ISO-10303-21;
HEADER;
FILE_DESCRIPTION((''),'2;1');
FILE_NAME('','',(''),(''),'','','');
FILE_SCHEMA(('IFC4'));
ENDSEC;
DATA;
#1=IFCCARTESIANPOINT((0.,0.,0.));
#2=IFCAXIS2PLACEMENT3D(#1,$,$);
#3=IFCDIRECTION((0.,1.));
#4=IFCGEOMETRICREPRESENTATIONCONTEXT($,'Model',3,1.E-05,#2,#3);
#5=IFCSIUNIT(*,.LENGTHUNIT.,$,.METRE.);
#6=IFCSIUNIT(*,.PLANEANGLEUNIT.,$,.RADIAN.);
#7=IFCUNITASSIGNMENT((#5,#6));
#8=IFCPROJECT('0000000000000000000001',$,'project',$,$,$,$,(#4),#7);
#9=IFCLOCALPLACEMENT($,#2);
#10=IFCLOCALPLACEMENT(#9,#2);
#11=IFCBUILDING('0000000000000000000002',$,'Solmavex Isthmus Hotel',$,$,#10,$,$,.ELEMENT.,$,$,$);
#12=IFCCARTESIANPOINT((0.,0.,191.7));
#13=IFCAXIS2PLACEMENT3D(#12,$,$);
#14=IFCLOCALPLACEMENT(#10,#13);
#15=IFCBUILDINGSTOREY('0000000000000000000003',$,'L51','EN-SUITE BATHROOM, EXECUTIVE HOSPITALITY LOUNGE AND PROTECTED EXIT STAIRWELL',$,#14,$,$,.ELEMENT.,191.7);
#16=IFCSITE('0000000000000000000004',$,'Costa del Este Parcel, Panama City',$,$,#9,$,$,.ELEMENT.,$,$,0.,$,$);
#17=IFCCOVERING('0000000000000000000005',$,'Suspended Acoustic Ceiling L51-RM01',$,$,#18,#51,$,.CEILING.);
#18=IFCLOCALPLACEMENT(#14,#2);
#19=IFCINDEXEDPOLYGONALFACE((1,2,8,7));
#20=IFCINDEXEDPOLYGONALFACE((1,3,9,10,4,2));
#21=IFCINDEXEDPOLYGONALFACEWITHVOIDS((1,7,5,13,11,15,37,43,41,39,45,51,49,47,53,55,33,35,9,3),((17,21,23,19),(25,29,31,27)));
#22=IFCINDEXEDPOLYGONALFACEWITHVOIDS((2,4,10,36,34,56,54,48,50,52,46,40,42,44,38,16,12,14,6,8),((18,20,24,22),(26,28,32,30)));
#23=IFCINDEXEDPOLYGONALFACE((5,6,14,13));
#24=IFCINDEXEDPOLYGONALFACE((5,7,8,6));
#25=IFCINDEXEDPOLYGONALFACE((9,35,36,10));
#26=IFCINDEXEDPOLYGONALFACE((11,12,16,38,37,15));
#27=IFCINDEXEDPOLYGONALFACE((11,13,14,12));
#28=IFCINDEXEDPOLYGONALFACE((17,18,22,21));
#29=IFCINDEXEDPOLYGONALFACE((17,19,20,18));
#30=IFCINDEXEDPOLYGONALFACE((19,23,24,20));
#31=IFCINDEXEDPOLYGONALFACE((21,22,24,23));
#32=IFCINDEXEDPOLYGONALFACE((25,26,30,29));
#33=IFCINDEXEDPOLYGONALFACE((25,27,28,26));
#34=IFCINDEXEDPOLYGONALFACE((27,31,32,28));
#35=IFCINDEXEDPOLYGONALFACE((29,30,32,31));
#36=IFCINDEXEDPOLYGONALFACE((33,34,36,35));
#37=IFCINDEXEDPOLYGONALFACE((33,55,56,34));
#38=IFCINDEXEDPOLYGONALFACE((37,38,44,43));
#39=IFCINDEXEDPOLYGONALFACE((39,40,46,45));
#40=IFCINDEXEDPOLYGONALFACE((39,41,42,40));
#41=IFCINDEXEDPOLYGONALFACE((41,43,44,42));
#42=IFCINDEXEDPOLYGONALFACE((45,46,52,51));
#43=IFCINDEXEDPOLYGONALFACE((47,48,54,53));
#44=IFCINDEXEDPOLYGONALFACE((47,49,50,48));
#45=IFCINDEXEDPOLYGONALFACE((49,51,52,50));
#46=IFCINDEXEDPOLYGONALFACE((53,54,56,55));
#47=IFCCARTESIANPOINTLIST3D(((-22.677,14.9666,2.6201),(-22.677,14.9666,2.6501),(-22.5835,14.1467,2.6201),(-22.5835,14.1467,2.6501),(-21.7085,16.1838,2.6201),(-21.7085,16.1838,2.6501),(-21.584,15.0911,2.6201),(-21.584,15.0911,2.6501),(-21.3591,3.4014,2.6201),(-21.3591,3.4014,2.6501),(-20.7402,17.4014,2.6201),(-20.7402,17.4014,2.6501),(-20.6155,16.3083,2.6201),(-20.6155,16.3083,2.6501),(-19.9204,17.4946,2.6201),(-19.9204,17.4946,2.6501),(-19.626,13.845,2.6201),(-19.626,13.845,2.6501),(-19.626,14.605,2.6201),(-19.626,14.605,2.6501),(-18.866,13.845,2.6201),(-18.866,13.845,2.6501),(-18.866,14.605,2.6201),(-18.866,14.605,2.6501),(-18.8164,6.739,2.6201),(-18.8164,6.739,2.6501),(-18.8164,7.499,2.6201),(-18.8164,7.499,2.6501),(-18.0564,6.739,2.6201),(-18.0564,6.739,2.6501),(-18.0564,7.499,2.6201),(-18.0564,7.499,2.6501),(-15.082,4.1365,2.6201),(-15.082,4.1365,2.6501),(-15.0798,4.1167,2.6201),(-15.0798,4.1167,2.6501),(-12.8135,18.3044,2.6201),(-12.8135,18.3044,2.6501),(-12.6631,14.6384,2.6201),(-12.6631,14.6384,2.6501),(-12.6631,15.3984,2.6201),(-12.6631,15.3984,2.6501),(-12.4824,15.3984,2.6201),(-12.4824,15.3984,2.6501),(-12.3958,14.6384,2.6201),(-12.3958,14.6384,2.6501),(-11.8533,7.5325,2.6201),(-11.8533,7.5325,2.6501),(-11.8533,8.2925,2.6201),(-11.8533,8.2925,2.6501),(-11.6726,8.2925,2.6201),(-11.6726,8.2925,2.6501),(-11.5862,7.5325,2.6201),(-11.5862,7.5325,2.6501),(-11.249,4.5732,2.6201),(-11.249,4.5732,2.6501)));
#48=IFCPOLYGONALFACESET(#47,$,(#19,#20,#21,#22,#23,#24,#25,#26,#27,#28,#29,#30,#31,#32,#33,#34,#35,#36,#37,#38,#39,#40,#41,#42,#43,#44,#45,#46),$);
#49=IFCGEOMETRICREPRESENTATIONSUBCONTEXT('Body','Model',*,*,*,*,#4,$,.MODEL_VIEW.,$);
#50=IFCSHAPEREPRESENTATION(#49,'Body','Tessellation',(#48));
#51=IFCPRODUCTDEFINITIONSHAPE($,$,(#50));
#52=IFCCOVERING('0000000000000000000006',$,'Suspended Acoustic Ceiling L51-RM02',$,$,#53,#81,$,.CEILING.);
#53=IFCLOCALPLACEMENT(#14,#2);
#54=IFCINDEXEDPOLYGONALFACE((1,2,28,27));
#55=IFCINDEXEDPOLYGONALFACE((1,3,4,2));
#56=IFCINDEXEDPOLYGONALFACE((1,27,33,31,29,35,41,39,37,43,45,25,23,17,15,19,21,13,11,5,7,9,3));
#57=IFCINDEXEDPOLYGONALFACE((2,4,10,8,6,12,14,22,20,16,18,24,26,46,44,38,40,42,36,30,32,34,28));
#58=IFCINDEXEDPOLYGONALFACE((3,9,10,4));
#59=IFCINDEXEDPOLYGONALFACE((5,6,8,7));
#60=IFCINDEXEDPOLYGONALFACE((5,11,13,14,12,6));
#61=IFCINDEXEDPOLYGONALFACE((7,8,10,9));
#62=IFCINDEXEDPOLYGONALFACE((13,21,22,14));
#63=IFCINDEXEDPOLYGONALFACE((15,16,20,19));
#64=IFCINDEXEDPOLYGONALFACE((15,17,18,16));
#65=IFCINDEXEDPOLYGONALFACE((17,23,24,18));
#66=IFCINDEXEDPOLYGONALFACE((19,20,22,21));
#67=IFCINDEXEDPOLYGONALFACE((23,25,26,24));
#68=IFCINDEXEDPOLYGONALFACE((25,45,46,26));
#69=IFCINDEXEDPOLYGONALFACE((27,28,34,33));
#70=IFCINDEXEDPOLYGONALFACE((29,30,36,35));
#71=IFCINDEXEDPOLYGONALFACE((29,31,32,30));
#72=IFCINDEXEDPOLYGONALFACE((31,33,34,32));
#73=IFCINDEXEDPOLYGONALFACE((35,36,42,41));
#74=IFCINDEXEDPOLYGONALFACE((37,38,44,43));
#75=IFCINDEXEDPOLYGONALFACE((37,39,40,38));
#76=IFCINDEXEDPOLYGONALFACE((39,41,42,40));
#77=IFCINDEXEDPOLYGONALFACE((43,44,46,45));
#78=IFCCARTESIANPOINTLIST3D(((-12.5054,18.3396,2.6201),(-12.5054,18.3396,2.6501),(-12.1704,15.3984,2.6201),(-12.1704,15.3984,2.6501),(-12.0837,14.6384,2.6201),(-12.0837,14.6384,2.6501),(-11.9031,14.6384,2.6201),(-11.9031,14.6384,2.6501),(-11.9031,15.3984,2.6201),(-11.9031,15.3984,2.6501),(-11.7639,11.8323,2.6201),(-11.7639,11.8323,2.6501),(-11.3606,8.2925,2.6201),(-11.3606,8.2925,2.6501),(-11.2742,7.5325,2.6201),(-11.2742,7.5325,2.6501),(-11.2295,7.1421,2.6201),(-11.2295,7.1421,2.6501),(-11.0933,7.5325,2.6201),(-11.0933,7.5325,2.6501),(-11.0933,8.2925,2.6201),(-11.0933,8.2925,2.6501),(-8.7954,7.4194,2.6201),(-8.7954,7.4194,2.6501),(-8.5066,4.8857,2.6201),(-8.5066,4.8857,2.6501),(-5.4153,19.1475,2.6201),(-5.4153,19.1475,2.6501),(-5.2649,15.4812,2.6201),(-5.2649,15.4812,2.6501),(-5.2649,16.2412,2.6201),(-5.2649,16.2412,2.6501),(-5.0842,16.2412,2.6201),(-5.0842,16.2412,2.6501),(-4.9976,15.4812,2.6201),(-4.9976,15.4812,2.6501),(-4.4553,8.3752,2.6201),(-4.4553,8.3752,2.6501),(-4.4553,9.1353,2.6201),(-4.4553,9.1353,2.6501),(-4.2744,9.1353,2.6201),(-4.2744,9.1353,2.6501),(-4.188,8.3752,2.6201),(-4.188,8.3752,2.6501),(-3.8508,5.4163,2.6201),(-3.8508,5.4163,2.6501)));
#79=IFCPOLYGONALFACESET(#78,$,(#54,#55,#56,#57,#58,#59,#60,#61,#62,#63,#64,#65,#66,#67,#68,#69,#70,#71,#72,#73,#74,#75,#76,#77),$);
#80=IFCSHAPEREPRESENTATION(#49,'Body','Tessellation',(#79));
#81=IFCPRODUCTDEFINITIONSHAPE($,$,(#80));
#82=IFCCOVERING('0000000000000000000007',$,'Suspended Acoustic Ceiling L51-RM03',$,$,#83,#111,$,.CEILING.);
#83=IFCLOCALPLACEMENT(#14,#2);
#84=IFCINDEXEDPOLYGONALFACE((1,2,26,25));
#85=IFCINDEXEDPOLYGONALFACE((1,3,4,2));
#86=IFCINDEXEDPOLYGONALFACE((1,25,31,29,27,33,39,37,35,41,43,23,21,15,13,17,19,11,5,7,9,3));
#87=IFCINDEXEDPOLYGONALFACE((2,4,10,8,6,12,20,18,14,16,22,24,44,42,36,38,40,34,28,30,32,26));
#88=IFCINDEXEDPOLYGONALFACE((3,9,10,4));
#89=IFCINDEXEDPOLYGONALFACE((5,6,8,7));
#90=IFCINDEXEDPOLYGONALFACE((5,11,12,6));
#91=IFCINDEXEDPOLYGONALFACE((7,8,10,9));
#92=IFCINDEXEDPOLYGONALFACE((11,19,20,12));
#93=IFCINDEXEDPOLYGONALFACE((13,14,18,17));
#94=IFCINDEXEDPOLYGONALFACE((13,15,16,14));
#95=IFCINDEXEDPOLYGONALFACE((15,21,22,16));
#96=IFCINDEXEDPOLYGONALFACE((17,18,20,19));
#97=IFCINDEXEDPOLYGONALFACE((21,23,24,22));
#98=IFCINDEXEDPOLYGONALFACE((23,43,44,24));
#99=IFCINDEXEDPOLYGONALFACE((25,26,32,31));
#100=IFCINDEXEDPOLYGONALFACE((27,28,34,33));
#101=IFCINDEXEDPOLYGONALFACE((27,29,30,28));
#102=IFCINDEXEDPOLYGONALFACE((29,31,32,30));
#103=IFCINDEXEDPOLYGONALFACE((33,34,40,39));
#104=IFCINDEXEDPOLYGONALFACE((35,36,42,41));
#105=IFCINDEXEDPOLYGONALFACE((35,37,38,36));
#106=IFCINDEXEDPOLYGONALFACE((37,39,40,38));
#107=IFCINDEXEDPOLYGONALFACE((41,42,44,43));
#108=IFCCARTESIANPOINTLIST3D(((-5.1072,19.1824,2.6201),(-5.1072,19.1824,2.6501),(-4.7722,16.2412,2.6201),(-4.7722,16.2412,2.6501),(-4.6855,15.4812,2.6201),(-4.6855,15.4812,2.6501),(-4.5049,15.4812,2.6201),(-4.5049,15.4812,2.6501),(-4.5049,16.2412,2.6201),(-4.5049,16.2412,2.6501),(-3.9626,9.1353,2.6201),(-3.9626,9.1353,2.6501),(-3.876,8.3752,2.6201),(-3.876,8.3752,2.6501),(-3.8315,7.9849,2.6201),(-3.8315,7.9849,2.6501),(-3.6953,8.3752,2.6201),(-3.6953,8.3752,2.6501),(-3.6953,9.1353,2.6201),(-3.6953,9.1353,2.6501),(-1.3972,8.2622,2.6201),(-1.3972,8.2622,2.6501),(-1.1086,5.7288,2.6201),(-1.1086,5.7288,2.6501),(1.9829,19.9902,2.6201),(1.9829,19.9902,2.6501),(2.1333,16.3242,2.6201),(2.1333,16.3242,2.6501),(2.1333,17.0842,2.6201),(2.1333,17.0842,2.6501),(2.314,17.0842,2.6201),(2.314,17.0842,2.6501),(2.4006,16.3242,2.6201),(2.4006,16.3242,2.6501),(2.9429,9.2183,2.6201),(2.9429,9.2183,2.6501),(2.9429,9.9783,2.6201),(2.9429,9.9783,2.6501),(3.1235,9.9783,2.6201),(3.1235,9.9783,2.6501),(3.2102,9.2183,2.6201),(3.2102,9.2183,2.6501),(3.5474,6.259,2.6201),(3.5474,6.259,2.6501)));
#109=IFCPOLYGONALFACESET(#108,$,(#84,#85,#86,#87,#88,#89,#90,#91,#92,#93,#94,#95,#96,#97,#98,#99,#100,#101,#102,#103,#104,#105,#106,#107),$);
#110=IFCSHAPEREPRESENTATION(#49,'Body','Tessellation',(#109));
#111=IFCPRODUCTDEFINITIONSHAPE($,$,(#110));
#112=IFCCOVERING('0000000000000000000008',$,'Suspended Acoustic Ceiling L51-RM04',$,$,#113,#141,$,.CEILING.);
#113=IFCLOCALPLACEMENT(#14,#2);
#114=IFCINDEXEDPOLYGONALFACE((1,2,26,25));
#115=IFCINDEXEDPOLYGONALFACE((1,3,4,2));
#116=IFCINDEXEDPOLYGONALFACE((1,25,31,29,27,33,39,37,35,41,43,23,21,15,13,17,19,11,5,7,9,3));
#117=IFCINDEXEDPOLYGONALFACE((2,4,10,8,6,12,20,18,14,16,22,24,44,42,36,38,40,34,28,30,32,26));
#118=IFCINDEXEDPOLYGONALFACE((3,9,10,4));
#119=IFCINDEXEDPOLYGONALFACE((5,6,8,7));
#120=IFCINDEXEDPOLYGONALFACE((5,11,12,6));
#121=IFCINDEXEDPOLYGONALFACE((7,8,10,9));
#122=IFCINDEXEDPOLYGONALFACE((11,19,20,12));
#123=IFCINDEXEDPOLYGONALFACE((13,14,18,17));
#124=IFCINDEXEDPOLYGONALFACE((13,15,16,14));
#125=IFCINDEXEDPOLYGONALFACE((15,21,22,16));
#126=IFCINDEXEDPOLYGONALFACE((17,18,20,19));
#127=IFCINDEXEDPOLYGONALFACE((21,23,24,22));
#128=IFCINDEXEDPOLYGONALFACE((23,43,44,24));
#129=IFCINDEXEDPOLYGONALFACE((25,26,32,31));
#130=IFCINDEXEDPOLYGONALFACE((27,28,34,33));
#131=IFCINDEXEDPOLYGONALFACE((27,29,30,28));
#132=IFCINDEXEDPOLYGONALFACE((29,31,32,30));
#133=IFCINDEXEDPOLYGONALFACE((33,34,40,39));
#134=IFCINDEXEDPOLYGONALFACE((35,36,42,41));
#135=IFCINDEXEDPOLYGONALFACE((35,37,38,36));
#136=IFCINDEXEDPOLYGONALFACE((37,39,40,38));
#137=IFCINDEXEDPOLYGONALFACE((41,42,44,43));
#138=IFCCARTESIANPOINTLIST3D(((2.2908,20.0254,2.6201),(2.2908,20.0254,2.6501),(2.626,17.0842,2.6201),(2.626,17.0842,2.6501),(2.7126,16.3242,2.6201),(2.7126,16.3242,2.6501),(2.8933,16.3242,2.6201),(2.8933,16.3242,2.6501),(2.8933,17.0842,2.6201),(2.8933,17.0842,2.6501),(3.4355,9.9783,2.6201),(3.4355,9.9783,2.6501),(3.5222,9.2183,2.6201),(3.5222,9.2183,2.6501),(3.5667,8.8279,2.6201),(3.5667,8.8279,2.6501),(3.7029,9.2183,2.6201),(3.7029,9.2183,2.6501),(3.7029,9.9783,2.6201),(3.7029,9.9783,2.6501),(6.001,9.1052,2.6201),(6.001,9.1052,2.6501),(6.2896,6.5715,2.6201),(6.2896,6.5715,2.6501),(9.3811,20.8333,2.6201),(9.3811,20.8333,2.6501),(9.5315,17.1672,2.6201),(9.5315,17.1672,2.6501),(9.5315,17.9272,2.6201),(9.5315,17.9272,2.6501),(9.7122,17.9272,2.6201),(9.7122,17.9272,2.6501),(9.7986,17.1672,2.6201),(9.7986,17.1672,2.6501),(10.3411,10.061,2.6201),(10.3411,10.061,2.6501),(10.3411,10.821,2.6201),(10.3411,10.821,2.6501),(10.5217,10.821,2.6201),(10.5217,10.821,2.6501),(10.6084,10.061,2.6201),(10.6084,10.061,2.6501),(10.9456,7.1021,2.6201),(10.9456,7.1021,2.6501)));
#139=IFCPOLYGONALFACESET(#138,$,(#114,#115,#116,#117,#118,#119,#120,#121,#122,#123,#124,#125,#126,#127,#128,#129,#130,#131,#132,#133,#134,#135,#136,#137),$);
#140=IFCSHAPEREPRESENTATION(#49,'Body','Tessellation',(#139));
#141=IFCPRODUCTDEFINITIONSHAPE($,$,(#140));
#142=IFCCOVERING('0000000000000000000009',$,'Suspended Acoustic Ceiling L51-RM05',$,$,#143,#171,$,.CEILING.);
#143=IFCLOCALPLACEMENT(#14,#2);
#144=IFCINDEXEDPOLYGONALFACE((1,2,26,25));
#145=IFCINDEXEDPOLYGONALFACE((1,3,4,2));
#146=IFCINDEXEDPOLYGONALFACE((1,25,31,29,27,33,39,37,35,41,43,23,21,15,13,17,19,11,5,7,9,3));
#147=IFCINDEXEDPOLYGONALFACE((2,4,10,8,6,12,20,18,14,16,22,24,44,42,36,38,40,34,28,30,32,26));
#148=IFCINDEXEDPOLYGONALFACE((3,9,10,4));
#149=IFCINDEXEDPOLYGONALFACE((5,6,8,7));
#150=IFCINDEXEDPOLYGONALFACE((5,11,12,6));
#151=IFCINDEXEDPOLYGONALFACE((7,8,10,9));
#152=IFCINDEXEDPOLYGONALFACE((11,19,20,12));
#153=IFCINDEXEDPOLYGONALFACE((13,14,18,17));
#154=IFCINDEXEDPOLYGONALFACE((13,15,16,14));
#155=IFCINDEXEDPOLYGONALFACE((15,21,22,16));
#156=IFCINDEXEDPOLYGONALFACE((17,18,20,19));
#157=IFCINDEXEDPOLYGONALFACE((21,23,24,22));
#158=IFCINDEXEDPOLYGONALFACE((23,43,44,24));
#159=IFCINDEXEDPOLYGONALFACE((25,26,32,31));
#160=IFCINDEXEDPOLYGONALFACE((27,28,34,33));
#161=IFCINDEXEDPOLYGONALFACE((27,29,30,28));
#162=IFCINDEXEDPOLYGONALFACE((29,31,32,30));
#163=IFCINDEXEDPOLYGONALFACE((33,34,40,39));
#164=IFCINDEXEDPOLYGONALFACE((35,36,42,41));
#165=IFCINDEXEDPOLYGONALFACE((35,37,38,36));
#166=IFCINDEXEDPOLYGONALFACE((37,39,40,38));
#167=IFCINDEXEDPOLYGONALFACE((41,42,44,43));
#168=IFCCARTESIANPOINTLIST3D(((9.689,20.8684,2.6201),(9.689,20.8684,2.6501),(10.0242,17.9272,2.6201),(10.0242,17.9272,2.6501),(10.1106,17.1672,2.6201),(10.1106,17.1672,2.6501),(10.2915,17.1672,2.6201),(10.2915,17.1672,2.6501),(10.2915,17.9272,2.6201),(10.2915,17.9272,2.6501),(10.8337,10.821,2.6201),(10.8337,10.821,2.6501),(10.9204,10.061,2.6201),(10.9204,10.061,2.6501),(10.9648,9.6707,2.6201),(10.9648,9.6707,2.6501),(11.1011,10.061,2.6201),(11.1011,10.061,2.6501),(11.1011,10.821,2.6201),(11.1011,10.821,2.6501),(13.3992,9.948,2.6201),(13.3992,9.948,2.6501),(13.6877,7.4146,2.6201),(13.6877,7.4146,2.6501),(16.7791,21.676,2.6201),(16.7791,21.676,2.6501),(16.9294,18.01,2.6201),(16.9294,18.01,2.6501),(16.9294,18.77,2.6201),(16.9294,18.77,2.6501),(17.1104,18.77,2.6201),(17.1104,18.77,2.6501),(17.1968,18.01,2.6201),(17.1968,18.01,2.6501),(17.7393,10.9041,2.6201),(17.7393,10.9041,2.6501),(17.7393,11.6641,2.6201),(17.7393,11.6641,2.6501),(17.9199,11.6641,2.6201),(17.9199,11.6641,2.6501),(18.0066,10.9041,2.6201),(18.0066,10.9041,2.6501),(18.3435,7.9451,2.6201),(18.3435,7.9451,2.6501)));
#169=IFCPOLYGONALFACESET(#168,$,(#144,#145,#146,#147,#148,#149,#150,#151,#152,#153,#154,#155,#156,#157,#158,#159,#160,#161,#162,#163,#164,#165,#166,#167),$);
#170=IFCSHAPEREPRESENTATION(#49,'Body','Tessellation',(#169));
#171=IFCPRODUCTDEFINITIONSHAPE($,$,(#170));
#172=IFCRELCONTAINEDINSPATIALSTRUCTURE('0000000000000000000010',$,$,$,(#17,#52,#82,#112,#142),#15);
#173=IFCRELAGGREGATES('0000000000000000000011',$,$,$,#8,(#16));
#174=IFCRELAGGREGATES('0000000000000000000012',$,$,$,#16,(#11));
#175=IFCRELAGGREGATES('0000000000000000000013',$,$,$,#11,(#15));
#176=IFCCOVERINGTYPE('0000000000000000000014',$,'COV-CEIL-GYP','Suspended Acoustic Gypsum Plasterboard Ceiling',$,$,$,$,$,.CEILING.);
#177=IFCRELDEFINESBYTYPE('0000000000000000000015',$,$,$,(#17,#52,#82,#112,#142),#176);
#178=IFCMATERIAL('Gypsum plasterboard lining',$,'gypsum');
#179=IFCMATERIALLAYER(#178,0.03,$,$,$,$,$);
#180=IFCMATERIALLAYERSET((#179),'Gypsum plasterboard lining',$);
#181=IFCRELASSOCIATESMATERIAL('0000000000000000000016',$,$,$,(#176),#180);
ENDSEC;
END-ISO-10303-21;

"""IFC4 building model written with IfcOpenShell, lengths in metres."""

from ifc_helpers import new_model, si_unit, direction, frame, origin, place, context, subcontext, project, spatial, polyline, outline, extrude, material, layer, layer_set, type_object, element, save


model = new_model("IFC4")

# Units and contexts
model_context = context("Model", 3, precision=1e-05, world=origin(), true_north=direction((0.0, 1.0)))
body_context = subcontext(model_context, "Body", "Model", "MODEL_VIEW")
ifc_project = project(units=[si_unit("LENGTHUNIT", "METRE"), si_unit("PLANEANGLEUNIT", "RADIAN")], contexts=[model_context])

# Site, building, storey
site_placement = place(None, origin())
site = spatial("IfcSite", under=ifc_project, at=site_placement, Name="Costa del Este Parcel, Panama City", CompositionType="ELEMENT", RefElevation=0.0)
building_placement = place(site_placement, origin())
building = spatial("IfcBuilding", under=site, at=building_placement, Name="Solmavex Isthmus Hotel", CompositionType="ELEMENT")
storey_placement = place(building_placement, frame((0.0, 0.0, 191.7)))
storey = spatial("IfcBuildingStorey", under=building, at=storey_placement, Name="L51", Description="EN-SUITE BATHROOM, EXECUTIVE HOSPITALITY LOUNGE AND PROTECTED EXIT STAIRWELL", CompositionType="ELEMENT", Elevation=191.7)

# Shared definitions
ifc_material_1 = material(Name="Gypsum plasterboard lining", Category="gypsum")

# Coverings
ifc_layer_1 = layer(ifc_material_1, 0.03)
ifc_layer_set_1 = layer_set([ifc_layer_1], Name="Gypsum plasterboard lining")
covering_type_1 = type_object("IfcCoveringType", Name="COV-CEIL-GYP", Description="Suspended Acoustic Gypsum Plasterboard Ceiling", PredefinedType="CEILING", material=ifc_layer_set_1)
covering_1_placement = place(storey_placement, frame((0.0, 0.0, 2.6201)))
element("IfcCovering", 1, at=covering_1_placement, inside=storey, type_object=covering_type_1, Name="Suspended Acoustic Ceiling L51-RM01", PredefinedType="CEILING", context=body_context, shape_type="SweptSolid", body=[
    extrude(outline(polyline([(-15.0798, 4.1167), (-15.082, 4.1365), (-11.249, 4.5732), (-11.5862, 7.5325), (-11.8533, 7.5325), (-11.8533, 8.2925), (-11.6726, 8.2925), (-12.3958, 14.6384), (-12.6631, 14.6384), (-12.6631, 15.3984), (-12.4824, 15.3984), (-12.8135, 18.3044), (-19.9204, 17.4946), (-20.7402, 17.4014), (-20.6155, 16.3083), (-21.7085, 16.1838), (-21.584, 15.0911), (-22.677, 14.9666), (-22.5835, 14.1467), (-21.3591, 3.4014), (-15.0798, 4.1167)]), holes=[polyline([(-18.8164, 6.739), (-18.8164, 7.499), (-18.0564, 7.499), (-18.0564, 6.739), (-18.8164, 6.739)]), polyline([(-19.626, 13.845), (-19.626, 14.605), (-18.866, 14.605), (-18.866, 13.845), (-19.626, 13.845)])]), origin(), (0.0, 0.0, 1.0), 0.03),
])
covering_2_placement = place(storey_placement, frame((0.0, 0.0, 2.6201)))
element("IfcCovering", 2, at=covering_2_placement, inside=storey, type_object=covering_type_1, Name="Suspended Acoustic Ceiling L51-RM02", PredefinedType="CEILING", context=body_context, shape_type="SweptSolid", body=[
    extrude(outline(polyline([(-11.3606, 8.2925), (-11.0933, 8.2925), (-11.0933, 7.5325), (-11.2742, 7.5325), (-11.2295, 7.1421), (-8.7954, 7.4194), (-8.5066, 4.8857), (-3.8508, 5.4163), (-4.188, 8.3752), (-4.4553, 8.3752), (-4.4553, 9.1353), (-4.2744, 9.1353), (-4.9976, 15.4812), (-5.2649, 15.4812), (-5.2649, 16.2412), (-5.0842, 16.2412), (-5.4153, 19.1475), (-12.5054, 18.3396), (-12.1704, 15.3984), (-11.9031, 15.3984), (-11.9031, 14.6384), (-12.0837, 14.6384), (-11.7639, 11.8323), (-11.3606, 8.2925)])), origin(), (0.0, 0.0, 1.0), 0.03),
])
covering_3_placement = place(storey_placement, frame((0.0, 0.0, 2.6201)))
element("IfcCovering", 3, at=covering_3_placement, inside=storey, type_object=covering_type_1, Name="Suspended Acoustic Ceiling L51-RM03", PredefinedType="CEILING", context=body_context, shape_type="SweptSolid", body=[
    extrude(outline(polyline([(-3.9626, 9.1353), (-3.6953, 9.1353), (-3.6953, 8.3752), (-3.876, 8.3752), (-3.8315, 7.9849), (-1.3972, 8.2622), (-1.1086, 5.7288), (3.5474, 6.259), (3.2102, 9.2183), (2.9429, 9.2183), (2.9429, 9.9783), (3.1235, 9.9783), (2.4006, 16.3242), (2.1333, 16.3242), (2.1333, 17.0842), (2.314, 17.0842), (1.9829, 19.9902), (-5.1072, 19.1824), (-4.7722, 16.2412), (-4.5049, 16.2412), (-4.5049, 15.4812), (-4.6855, 15.4812), (-3.9626, 9.1353)])), origin(), (0.0, 0.0, 1.0), 0.03),
])
covering_4_placement = place(storey_placement, frame((0.0, 0.0, 2.6201)))
element("IfcCovering", 4, at=covering_4_placement, inside=storey, type_object=covering_type_1, Name="Suspended Acoustic Ceiling L51-RM04", PredefinedType="CEILING", context=body_context, shape_type="SweptSolid", body=[
    extrude(outline(polyline([(3.4355, 9.9783), (3.7029, 9.9783), (3.7029, 9.2183), (3.5222, 9.2183), (3.5667, 8.8279), (6.001, 9.1052), (6.2896, 6.5715), (10.9456, 7.1021), (10.6084, 10.061), (10.3411, 10.061), (10.3411, 10.821), (10.5217, 10.821), (9.7986, 17.1672), (9.5315, 17.1672), (9.5315, 17.9272), (9.7122, 17.9272), (9.3811, 20.8333), (2.2908, 20.0254), (2.626, 17.0842), (2.8933, 17.0842), (2.8933, 16.3242), (2.7126, 16.3242), (3.4355, 9.9783)])), origin(), (0.0, 0.0, 1.0), 0.03),
])
covering_5_placement = place(storey_placement, frame((0.0, 0.0, 2.6201)))
element("IfcCovering", 5, at=covering_5_placement, inside=storey, type_object=covering_type_1, Name="Suspended Acoustic Ceiling L51-RM05", PredefinedType="CEILING", context=body_context, shape_type="SweptSolid", body=[
    extrude(outline(polyline([(10.8337, 10.821), (11.1011, 10.821), (11.1011, 10.061), (10.9204, 10.061), (10.9648, 9.6707), (13.3992, 9.948), (13.6877, 7.4146), (18.3435, 7.9451), (18.0066, 10.9041), (17.7393, 10.9041), (17.7393, 11.6641), (17.9199, 11.6641), (17.1968, 18.01), (16.9294, 18.01), (16.9294, 18.77), (17.1104, 18.77), (16.7791, 21.676), (9.689, 20.8684), (10.0242, 17.9272), (10.2915, 17.9272), (10.2915, 17.1672), (10.1106, 17.1672), (10.8337, 10.821)])), origin(), (0.0, 0.0, 1.0), 0.03),
])

save(model, "model.ifc")
